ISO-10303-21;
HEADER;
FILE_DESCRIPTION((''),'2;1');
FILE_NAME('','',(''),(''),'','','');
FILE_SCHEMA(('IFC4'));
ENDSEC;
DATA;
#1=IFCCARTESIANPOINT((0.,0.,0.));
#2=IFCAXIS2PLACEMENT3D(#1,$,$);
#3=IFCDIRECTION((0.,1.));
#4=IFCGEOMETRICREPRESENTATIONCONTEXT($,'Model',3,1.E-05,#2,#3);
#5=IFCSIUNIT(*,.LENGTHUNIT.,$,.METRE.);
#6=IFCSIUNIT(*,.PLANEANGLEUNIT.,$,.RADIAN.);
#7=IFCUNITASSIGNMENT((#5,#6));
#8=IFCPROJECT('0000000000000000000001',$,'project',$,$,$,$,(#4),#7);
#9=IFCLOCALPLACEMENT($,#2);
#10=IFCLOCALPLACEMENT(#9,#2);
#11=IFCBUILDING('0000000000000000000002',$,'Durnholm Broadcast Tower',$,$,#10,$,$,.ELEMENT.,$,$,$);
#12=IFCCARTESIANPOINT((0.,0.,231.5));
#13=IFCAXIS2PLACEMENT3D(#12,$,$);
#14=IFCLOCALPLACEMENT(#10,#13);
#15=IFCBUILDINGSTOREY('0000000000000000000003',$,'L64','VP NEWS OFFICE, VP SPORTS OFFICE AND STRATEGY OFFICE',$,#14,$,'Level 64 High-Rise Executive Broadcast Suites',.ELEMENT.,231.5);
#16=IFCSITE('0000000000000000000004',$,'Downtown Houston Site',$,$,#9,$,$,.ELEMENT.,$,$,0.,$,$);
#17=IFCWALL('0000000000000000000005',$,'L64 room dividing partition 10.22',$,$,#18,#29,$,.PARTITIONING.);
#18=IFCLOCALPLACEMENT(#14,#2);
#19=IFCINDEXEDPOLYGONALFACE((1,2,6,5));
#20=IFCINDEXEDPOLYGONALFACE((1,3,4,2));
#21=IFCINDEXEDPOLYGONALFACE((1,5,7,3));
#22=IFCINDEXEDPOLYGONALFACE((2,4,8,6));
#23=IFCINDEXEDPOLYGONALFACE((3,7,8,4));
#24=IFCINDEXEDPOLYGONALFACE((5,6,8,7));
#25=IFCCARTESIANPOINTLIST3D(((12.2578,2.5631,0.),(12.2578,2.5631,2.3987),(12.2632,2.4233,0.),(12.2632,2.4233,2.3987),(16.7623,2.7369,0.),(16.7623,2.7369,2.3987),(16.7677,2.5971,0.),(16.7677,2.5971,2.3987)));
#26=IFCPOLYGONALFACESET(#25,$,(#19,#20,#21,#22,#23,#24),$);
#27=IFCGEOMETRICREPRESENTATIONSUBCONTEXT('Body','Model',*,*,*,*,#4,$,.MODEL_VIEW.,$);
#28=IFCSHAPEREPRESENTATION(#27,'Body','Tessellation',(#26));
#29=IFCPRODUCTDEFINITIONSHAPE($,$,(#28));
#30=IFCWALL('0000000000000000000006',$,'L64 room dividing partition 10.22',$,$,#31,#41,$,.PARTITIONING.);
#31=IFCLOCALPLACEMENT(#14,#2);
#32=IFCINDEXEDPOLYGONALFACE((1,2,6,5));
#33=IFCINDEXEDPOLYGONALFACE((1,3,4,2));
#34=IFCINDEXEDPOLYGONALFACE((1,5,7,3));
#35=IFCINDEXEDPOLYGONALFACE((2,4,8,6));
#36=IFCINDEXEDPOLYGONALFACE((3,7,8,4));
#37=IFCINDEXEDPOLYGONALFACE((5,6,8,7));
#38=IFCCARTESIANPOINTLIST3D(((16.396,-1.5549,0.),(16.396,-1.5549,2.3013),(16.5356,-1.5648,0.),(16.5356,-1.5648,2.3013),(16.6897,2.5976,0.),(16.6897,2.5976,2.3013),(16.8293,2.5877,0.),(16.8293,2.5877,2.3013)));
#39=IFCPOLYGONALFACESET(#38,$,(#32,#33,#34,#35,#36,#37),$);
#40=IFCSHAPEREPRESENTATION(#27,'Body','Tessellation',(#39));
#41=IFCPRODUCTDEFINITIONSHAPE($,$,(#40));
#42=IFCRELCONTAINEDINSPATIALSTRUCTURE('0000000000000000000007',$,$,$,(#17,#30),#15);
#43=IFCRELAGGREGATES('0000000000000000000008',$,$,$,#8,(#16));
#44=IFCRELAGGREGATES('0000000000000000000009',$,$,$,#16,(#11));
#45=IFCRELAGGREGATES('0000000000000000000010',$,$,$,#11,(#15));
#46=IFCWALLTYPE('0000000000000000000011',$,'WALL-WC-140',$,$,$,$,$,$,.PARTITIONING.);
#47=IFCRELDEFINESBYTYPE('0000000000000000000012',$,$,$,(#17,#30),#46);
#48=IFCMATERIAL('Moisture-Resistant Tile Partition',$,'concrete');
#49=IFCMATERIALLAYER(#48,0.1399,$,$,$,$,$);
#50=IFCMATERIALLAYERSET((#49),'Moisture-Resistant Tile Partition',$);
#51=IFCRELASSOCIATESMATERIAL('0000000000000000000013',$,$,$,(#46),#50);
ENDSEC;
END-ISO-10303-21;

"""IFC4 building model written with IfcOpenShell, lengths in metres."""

from ifc_helpers import new_model, si_unit, direction, frame, frame_2d, origin, place, context, subcontext, project, spatial, rectangle, extrude, material, layer, layer_set, type_object, element, save


model = new_model("IFC4")

# Units and contexts
model_context = context("Model", 3, precision=1e-05, world=origin(), true_north=direction((0.0, 1.0)))
body_context = subcontext(model_context, "Body", "Model", "MODEL_VIEW")
ifc_project = project(units=[si_unit("LENGTHUNIT", "METRE"), si_unit("PLANEANGLEUNIT", "RADIAN")], contexts=[model_context])

# Site, building, storey
site_placement = place(None, origin())
site = spatial("IfcSite", under=ifc_project, at=site_placement, Name="Downtown Houston Site", CompositionType="ELEMENT", RefElevation=0.0)
building_placement = place(site_placement, origin())
building = spatial("IfcBuilding", under=site, at=building_placement, Name="Durnholm Broadcast Tower", CompositionType="ELEMENT")
storey_placement = place(building_placement, frame((0.0, 0.0, 231.5)))
storey = spatial("IfcBuildingStorey", under=building, at=storey_placement, Name="L64", Description="VP NEWS OFFICE, VP SPORTS OFFICE AND STRATEGY OFFICE", LongName="Level 64 High-Rise Executive Broadcast Suites", CompositionType="ELEMENT", Elevation=231.5)

# Walls
ifc_material_1 = material(Name="Moisture-Resistant Tile Partition", Category="concrete")
ifc_layer_1 = layer(ifc_material_1, 0.1399)
ifc_layer_set_1 = layer_set([ifc_layer_1], Name="Moisture-Resistant Tile Partition")
wall_type_1 = type_object("IfcWallType", Name="WALL-WC-140", PredefinedType="PARTITIONING", material=ifc_layer_set_1)
wall_1_placement = place(storey_placement, frame((12.2605, 2.4932, 0.0), z_axis=(0.0, 0.0, 1.0), x_axis=(0.999256, 0.038562, 0.0)))
element("IfcWall", 1, at=wall_1_placement, inside=storey, type_object=wall_type_1, Name="L64 room dividing partition 10.22", PredefinedType="PARTITIONING", context=body_context, shape_type="SweptSolid", body=[
    extrude(rectangle(XDim=4.5078, YDim=0.1399, at=frame_2d((2.2539, 0.0))), origin(), (0.0, 0.0, 1.0), 2.3987),
])
wall_2_placement = place(storey_placement, frame((16.7595, 2.5928, 0.0), z_axis=(0.0, 0.0, 1.0), x_axis=(-0.070551, -0.997508, 0.0)))
element("IfcWall", 2, at=wall_2_placement, inside=storey, type_object=wall_type_1, Name="L64 room dividing partition 10.22", PredefinedType="PARTITIONING", context=body_context, shape_type="SweptSolid", body=[
    extrude(rectangle(XDim=4.1628, YDim=0.1399, at=frame_2d((2.0815, 0.0))), origin(), (0.0, 0.0, 1.0), 2.3013),
])

save(model, "model.ifc")
